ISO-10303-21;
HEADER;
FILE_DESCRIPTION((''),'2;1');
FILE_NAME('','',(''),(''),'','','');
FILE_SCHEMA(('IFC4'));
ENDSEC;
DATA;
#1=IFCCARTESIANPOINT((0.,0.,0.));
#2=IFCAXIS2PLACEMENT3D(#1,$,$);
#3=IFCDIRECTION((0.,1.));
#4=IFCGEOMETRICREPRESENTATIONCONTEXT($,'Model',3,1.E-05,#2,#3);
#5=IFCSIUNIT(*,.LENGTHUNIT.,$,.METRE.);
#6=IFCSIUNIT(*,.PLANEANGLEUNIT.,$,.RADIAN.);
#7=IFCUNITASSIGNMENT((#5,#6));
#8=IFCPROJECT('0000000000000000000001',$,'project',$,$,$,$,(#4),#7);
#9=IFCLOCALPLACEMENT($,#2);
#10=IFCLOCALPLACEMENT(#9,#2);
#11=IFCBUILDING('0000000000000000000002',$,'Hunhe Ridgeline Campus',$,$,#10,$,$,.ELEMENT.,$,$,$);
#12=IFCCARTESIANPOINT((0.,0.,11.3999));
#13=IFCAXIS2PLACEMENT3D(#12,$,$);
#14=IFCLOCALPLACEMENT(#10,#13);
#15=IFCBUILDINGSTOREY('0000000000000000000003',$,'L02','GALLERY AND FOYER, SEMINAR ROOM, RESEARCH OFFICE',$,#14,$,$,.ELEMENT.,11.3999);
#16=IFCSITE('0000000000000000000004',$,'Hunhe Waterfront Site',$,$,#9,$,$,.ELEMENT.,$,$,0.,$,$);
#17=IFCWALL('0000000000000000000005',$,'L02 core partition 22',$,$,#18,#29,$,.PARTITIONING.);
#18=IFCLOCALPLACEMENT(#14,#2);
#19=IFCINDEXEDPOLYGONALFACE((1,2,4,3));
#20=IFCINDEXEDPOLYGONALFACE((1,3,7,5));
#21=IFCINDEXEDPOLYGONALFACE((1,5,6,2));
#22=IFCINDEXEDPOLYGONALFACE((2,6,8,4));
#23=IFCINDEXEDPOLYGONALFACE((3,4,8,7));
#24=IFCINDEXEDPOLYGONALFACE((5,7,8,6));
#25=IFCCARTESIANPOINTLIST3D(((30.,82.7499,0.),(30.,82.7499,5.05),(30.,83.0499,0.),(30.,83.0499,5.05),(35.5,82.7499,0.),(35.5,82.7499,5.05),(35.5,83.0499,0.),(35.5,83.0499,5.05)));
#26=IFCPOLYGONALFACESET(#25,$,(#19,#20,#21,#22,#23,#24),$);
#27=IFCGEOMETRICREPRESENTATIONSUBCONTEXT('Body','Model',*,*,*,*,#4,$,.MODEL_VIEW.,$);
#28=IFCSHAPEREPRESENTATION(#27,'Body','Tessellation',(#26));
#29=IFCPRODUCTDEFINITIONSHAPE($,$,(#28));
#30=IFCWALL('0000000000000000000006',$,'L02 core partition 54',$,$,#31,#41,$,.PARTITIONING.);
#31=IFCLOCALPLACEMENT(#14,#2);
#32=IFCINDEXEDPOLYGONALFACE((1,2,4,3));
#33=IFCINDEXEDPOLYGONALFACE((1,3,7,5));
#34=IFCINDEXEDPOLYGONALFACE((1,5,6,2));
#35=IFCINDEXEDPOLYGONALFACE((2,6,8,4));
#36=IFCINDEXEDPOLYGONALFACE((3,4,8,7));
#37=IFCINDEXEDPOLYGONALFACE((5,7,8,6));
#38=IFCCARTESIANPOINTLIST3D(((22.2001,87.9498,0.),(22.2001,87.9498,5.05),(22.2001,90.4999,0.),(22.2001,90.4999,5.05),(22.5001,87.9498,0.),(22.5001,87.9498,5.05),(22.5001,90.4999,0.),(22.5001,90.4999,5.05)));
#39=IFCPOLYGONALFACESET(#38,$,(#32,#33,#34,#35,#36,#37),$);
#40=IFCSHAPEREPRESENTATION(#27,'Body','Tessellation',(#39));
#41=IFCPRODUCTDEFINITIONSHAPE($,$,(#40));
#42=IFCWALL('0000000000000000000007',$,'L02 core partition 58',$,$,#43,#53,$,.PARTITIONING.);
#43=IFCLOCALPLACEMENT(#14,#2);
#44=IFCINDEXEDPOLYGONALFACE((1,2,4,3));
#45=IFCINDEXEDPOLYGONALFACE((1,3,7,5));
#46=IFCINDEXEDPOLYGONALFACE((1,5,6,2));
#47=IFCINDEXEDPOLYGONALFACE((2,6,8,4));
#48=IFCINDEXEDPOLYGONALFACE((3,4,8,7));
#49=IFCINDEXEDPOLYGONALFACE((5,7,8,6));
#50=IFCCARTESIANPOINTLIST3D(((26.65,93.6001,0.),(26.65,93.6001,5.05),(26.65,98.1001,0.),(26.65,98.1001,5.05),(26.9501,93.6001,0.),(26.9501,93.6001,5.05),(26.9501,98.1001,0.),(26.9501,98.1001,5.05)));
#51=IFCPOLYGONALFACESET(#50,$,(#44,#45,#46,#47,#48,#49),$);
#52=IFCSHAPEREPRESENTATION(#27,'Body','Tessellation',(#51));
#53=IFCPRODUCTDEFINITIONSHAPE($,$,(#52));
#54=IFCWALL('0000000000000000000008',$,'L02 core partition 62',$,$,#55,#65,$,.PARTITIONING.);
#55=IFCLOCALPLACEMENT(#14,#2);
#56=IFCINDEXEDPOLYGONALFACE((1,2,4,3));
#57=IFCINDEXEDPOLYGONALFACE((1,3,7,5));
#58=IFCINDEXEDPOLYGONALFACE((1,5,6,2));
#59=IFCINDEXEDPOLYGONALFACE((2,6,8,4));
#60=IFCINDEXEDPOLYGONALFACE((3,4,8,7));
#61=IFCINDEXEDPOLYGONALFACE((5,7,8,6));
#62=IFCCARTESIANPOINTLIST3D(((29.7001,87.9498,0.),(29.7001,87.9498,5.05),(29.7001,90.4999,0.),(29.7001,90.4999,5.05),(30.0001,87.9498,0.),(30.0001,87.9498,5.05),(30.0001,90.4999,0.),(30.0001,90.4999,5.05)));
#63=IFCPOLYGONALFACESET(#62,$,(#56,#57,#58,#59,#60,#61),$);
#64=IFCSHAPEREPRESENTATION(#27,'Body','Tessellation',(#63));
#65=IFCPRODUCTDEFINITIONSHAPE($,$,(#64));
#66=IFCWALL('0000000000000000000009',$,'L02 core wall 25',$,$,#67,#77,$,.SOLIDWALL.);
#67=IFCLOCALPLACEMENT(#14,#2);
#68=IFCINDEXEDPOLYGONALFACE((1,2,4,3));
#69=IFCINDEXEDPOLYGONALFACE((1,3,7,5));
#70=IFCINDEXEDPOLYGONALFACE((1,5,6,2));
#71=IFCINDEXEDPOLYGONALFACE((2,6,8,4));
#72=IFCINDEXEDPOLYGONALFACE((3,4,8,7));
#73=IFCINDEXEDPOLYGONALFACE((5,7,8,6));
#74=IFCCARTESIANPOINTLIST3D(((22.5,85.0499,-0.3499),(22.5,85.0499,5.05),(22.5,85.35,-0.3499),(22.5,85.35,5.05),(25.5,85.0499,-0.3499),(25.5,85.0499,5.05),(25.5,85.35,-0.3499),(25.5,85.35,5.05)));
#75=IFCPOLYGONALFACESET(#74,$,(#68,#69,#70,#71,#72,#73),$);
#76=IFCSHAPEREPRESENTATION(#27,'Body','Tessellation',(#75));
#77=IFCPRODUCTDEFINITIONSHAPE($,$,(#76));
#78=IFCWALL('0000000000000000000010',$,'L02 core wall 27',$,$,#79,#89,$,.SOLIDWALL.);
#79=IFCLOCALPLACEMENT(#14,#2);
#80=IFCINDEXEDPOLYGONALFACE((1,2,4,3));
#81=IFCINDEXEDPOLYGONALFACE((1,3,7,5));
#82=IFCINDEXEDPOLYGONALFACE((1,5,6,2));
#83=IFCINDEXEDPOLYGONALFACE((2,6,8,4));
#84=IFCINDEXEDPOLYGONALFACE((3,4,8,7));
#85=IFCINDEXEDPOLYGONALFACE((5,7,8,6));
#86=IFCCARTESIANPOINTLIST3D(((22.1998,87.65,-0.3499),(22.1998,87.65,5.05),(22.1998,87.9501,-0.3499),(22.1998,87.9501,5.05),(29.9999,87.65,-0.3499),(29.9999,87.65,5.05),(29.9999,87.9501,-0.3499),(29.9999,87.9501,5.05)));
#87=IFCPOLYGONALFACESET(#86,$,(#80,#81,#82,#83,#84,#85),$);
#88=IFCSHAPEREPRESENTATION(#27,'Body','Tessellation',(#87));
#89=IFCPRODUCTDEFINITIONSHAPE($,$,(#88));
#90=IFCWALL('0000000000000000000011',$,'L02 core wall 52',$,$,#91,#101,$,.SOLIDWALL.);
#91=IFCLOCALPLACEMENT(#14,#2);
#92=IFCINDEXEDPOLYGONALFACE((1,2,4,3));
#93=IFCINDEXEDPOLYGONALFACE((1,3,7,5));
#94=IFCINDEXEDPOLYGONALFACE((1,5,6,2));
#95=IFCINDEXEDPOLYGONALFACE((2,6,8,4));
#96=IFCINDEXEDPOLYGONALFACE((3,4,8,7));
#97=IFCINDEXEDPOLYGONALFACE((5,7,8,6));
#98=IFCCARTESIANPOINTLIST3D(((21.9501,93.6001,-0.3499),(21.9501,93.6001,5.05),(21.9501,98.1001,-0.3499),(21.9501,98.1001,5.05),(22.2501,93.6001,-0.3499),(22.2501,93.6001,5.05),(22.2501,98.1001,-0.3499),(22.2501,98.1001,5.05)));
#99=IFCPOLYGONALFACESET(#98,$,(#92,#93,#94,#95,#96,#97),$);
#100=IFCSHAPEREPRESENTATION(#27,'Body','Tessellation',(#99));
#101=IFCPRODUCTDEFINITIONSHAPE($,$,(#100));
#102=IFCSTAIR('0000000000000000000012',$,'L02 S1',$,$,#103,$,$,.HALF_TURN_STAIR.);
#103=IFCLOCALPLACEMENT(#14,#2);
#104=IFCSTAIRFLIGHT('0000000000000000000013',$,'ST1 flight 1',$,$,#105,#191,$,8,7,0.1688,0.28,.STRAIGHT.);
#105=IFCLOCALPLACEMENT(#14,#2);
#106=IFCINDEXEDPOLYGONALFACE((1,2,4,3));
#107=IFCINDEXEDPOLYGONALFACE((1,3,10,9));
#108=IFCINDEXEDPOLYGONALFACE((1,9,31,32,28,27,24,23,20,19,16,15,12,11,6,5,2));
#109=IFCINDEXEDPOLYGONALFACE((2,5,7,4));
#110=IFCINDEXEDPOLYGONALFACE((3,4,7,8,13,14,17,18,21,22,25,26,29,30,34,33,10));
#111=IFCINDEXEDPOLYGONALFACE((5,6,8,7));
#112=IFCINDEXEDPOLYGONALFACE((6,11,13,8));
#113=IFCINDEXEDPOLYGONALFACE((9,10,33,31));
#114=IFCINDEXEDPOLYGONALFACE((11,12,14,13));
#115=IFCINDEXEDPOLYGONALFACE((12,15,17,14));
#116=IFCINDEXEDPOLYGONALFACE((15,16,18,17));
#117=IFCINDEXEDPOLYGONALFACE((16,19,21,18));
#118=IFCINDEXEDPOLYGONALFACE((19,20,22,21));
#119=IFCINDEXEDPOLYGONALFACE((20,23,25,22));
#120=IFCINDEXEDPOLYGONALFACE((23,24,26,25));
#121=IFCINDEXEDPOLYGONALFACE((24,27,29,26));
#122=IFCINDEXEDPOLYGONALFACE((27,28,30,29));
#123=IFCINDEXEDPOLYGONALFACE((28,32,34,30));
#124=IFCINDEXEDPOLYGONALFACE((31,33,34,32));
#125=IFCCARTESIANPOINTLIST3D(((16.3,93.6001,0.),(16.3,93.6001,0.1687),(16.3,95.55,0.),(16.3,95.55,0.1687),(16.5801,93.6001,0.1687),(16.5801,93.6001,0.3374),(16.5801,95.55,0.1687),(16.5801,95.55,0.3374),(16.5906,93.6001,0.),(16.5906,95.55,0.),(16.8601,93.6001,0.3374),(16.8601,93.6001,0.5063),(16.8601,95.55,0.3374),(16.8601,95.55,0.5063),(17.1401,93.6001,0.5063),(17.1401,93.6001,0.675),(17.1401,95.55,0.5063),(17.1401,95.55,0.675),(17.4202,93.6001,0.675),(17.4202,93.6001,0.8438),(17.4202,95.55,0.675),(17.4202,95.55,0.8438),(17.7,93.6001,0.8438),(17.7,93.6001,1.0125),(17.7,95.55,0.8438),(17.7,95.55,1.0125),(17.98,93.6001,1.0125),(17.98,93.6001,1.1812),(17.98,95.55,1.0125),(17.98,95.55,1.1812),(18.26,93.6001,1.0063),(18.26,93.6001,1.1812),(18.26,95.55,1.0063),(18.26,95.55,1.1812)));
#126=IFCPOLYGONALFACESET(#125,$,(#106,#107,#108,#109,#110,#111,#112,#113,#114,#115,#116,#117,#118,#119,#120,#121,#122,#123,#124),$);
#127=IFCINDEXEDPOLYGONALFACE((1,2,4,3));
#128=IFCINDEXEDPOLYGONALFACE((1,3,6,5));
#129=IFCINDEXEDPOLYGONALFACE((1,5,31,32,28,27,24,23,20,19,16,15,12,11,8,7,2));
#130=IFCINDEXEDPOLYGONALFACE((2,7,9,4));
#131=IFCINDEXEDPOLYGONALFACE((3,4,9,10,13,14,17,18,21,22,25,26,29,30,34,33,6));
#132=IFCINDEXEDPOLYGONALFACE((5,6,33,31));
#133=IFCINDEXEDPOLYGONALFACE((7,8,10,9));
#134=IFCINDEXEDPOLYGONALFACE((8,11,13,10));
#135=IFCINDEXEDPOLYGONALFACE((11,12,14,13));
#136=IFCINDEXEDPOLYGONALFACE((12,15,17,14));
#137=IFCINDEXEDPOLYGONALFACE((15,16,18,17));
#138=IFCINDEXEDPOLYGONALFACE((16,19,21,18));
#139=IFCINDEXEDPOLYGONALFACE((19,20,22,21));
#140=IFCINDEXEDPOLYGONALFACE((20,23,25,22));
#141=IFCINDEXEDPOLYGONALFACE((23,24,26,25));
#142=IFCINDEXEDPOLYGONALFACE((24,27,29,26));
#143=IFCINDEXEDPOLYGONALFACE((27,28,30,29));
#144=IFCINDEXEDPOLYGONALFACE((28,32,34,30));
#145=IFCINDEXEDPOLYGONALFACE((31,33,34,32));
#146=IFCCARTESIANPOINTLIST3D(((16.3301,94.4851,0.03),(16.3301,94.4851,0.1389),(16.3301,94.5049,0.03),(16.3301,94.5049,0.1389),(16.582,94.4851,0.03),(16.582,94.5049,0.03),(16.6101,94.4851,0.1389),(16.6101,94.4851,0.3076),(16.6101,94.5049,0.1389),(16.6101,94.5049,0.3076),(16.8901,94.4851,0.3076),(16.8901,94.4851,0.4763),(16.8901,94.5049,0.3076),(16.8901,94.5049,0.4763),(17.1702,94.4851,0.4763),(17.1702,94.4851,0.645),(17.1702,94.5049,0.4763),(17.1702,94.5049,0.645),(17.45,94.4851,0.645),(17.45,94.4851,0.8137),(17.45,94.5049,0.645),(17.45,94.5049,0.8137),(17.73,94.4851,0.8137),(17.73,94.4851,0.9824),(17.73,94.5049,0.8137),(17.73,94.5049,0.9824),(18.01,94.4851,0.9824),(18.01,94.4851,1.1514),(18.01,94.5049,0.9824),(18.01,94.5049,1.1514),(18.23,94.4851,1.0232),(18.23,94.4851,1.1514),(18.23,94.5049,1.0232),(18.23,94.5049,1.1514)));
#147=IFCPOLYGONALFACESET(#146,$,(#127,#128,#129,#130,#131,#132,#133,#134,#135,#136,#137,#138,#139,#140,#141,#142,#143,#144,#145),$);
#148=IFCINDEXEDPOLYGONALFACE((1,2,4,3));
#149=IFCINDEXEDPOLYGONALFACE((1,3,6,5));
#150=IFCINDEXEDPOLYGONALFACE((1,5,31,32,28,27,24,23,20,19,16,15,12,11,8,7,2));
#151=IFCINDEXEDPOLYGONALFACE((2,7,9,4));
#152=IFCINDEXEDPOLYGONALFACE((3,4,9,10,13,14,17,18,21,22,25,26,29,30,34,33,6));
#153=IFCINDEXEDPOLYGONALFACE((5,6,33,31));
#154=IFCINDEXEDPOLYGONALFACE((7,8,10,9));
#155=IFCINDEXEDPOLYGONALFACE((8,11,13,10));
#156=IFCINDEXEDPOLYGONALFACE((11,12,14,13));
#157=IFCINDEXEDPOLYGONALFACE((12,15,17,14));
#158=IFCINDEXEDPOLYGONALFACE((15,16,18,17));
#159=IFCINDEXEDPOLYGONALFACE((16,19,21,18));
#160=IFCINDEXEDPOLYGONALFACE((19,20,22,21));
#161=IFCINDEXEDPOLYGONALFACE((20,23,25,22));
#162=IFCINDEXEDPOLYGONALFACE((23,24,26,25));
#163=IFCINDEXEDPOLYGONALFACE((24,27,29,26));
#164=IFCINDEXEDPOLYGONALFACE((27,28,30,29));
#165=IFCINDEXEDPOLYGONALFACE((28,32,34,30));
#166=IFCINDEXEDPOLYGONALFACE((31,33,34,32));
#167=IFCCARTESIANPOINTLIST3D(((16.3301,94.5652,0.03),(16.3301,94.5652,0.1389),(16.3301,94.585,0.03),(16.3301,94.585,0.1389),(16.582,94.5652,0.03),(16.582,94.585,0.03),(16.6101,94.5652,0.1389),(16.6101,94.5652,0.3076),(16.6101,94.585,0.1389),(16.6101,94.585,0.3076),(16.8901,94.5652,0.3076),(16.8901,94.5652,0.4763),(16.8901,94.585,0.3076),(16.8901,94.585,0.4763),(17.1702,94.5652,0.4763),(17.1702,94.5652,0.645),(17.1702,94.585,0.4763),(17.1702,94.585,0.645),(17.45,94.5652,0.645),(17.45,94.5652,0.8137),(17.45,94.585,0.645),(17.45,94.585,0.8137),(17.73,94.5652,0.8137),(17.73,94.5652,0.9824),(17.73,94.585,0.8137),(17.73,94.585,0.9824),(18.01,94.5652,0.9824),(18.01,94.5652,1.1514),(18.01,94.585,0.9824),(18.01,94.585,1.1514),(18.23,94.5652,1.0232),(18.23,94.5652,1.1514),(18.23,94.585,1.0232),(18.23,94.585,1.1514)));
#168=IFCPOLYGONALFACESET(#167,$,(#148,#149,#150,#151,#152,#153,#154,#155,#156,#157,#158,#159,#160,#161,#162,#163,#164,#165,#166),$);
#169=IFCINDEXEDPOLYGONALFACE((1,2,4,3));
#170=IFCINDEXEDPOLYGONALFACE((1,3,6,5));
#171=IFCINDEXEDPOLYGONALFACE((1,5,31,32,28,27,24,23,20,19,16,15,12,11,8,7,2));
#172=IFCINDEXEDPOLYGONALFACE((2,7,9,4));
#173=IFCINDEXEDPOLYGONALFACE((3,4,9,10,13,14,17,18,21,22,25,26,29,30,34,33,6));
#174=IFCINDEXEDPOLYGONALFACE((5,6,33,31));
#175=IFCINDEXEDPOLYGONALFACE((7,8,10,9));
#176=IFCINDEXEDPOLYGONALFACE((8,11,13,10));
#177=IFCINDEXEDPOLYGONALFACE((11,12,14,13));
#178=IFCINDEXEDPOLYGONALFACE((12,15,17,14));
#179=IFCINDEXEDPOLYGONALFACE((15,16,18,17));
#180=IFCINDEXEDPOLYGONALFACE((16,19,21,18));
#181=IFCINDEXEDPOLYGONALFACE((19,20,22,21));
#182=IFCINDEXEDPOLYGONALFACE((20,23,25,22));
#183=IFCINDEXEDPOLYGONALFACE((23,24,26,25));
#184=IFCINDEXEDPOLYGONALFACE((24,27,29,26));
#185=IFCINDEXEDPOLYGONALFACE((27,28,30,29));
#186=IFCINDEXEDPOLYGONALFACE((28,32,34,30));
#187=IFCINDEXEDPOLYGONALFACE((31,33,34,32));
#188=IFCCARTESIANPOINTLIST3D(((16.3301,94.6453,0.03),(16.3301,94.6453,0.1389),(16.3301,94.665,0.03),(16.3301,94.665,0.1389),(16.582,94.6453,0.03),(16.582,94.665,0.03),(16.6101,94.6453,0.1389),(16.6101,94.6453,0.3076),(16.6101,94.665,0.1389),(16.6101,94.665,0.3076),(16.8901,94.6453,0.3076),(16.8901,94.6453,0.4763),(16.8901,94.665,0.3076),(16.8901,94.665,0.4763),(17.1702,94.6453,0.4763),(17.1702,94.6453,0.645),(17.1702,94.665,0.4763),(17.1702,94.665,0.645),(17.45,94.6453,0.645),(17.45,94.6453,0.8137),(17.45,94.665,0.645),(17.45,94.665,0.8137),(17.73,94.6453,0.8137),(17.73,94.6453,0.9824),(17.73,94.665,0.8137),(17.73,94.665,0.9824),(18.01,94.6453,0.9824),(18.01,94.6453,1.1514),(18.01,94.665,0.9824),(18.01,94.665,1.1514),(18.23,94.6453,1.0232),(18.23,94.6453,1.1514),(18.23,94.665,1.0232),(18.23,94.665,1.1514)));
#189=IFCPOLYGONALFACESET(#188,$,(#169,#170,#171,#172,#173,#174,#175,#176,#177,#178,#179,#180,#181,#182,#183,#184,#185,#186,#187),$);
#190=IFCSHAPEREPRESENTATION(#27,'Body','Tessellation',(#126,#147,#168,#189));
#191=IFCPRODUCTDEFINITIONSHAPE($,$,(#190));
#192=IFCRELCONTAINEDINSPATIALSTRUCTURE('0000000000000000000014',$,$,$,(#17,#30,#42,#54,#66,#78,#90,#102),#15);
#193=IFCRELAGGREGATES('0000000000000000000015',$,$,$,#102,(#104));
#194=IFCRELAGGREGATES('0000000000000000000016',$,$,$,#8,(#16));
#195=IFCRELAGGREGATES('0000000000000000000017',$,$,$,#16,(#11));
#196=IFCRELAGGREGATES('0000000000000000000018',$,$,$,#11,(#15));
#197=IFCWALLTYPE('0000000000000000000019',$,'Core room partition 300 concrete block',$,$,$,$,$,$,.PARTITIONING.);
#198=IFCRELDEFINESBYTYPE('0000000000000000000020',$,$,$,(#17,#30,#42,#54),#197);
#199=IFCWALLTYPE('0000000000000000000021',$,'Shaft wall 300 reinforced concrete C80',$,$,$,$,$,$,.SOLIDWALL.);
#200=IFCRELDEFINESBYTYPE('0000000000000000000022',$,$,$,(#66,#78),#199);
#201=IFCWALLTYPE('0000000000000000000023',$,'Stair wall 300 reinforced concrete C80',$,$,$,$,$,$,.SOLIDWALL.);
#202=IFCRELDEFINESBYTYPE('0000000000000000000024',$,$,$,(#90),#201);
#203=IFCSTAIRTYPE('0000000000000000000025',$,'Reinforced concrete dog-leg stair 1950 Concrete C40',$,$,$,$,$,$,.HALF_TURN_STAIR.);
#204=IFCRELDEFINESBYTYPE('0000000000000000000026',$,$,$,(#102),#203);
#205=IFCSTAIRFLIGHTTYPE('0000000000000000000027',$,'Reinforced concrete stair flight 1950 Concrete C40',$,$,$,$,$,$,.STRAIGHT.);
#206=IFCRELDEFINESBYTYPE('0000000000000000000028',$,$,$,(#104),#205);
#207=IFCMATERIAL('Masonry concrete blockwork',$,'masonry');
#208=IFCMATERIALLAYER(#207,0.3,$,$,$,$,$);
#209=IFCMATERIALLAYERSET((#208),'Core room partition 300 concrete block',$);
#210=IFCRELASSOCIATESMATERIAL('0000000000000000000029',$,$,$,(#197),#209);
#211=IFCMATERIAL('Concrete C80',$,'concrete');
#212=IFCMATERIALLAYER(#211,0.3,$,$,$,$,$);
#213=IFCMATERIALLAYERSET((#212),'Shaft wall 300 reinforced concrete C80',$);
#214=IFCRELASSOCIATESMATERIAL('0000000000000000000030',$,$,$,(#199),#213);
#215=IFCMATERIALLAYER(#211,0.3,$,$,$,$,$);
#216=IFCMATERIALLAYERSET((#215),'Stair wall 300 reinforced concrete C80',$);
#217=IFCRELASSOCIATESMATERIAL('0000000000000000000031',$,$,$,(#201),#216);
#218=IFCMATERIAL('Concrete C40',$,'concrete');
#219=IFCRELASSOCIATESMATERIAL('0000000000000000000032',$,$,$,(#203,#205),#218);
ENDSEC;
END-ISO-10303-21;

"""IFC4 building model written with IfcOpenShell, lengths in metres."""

from ifc_helpers import new_model, si_unit, direction, frame, frame_2d, origin, place, context, subcontext, project, spatial, polyline, rectangle, outline, extrude, material, layer, layer_set, type_object, element, aggregate, save


model = new_model("IFC4")

# Units and contexts
model_context = context("Model", 3, precision=1e-05, world=origin(), true_north=direction((0.0, 1.0)))
body_context = subcontext(model_context, "Body", "Model", "MODEL_VIEW")
ifc_project = project(units=[si_unit("LENGTHUNIT", "METRE"), si_unit("PLANEANGLEUNIT", "RADIAN")], contexts=[model_context])

# Site, building, storey
site_placement = place(None, origin())
site = spatial("IfcSite", under=ifc_project, at=site_placement, Name="Hunhe Waterfront Site", CompositionType="ELEMENT", RefElevation=0.0)
building_placement = place(site_placement, origin())
building = spatial("IfcBuilding", under=site, at=building_placement, Name="Hunhe Ridgeline Campus", CompositionType="ELEMENT")
storey_placement = place(building_placement, frame((0.0, 0.0, 11.3999)))
storey = spatial("IfcBuildingStorey", under=building, at=storey_placement, Name="L02", Description="GALLERY AND FOYER, SEMINAR ROOM, RESEARCH OFFICE", CompositionType="ELEMENT", Elevation=11.3999)

# Walls
ifc_material_1 = material(Name="Masonry concrete blockwork", Category="masonry")
ifc_layer_1 = layer(ifc_material_1, 0.3)
ifc_layer_set_1 = layer_set([ifc_layer_1], Name="Core room partition 300 concrete block")
wall_type_1 = type_object("IfcWallType", Name="Core room partition 300 concrete block", PredefinedType="PARTITIONING", material=ifc_layer_set_1)
wall_1_placement = place(storey_placement, frame((30.0, 82.8999, 0.0), z_axis=(0.0, 0.0, 1.0), x_axis=(1.0, 0.0, 0.0)))
element("IfcWall", 1, at=wall_1_placement, inside=storey, type_object=wall_type_1, Name="L02 core partition 22", PredefinedType="PARTITIONING", context=body_context, shape_type="SweptSolid", body=[
    extrude(rectangle(XDim=5.5, YDim=0.3, at=frame_2d((2.75, 0.0))), origin(), (0.0, 0.0, 1.0), 5.05),
])
wall_2_placement = place(storey_placement, frame((22.3501, 87.95, 0.0), z_axis=(0.0, 0.0, 1.0), x_axis=(0.0, 1.0, 0.0)))
element("IfcWall", 2, at=wall_2_placement, inside=storey, type_object=wall_type_1, Name="L02 core partition 54", PredefinedType="PARTITIONING", context=body_context, shape_type="SweptSolid", body=[
    extrude(rectangle(XDim=2.55, YDim=0.3, at=frame_2d((1.2749, 0.0))), origin(), (0.0, 0.0, 1.0), 5.05),
])
wall_3_placement = place(storey_placement, frame((26.8, 93.6001, 0.0), z_axis=(0.0, 0.0, 1.0), x_axis=(0.0, 1.0, 0.0)))
element("IfcWall", 3, at=wall_3_placement, inside=storey, type_object=wall_type_1, Name="L02 core partition 58", PredefinedType="PARTITIONING", context=body_context, shape_type="SweptSolid", body=[
    extrude(rectangle(XDim=4.5, YDim=0.3, at=frame_2d((2.25, 0.0))), origin(), (0.0, 0.0, 1.0), 5.05),
])
wall_4_placement = place(storey_placement, frame((29.8501, 87.95, 0.0), z_axis=(0.0, 0.0, 1.0), x_axis=(0.0, 1.0, 0.0)))
element("IfcWall", 4, at=wall_4_placement, inside=storey, type_object=wall_type_1, Name="L02 core partition 62", PredefinedType="PARTITIONING", context=body_context, shape_type="SweptSolid", body=[
    extrude(rectangle(XDim=2.55, YDim=0.3, at=frame_2d((1.2749, 0.0))), origin(), (0.0, 0.0, 1.0), 5.05),
])
ifc_material_2 = material(Name="Concrete C80", Category="concrete")
ifc_layer_2 = layer(ifc_material_2, 0.3)
ifc_layer_set_2 = layer_set([ifc_layer_2], Name="Shaft wall 300 reinforced concrete C80")
wall_type_2 = type_object("IfcWallType", Name="Shaft wall 300 reinforced concrete C80", PredefinedType="SOLIDWALL", material=ifc_layer_set_2)
wall_5_placement = place(storey_placement, frame((22.5, 85.2, -0.3499), z_axis=(0.0, 0.0, 1.0), x_axis=(1.0, 0.0, 0.0)))
element("IfcWall", 5, at=wall_5_placement, inside=storey, type_object=wall_type_2, Name="L02 core wall 25", PredefinedType="SOLIDWALL", context=body_context, shape_type="SweptSolid", body=[
    extrude(rectangle(XDim=3.0, YDim=0.3, at=frame_2d((1.5, 0.0))), origin(), (0.0, 0.0, 1.0), 5.3999),
])
wall_6_placement = place(storey_placement, frame((22.2, 87.8, -0.3499), z_axis=(0.0, 0.0, 1.0), x_axis=(1.0, 0.0, 0.0)))
element("IfcWall", 6, at=wall_6_placement, inside=storey, type_object=wall_type_2, Name="L02 core wall 27", PredefinedType="SOLIDWALL", context=body_context, shape_type="SweptSolid", body=[
    extrude(rectangle(XDim=7.8, YDim=0.3, at=frame_2d((3.8999, 0.0))), origin(), (0.0, 0.0, 1.0), 5.3999),
])
ifc_layer_3 = layer(ifc_material_2, 0.3)
ifc_layer_set_3 = layer_set([ifc_layer_3], Name="Stair wall 300 reinforced concrete C80")
wall_type_3 = type_object("IfcWallType", Name="Stair wall 300 reinforced concrete C80", PredefinedType="SOLIDWALL", material=ifc_layer_set_3)
wall_7_placement = place(storey_placement, frame((22.1001, 93.6001, -0.3499), z_axis=(0.0, 0.0, 1.0), x_axis=(0.0, 1.0, 0.0)))
element("IfcWall", 7, at=wall_7_placement, inside=storey, type_object=wall_type_3, Name="L02 core wall 52", PredefinedType="SOLIDWALL", context=body_context, shape_type="SweptSolid", body=[
    extrude(rectangle(XDim=4.5, YDim=0.3, at=frame_2d((2.25, 0.0))), origin(), (0.0, 0.0, 1.0), 5.3999),
])

# Stair, stair flight
ifc_material_3 = material(Name="Concrete C40", Category="concrete")
stair_type = type_object("IfcStairType", Name="Reinforced concrete dog-leg stair 1950 Concrete C40", PredefinedType="HALF_TURN_STAIR", material=ifc_material_3)
stair_placement = place(storey_placement, origin())
stair = element("IfcStair", 8, at=stair_placement, inside=storey, type_object=stair_type, Name="L02 S1", PredefinedType="HALF_TURN_STAIR")
stair_flight_type = type_object("IfcStairFlightType", Name="Reinforced concrete stair flight 1950 Concrete C40", PredefinedType="STRAIGHT", material=ifc_material_3)
stair_flight_1_placement = place(storey_placement, frame((16.3, 94.575, 0.0), z_axis=(0.0, 0.0, 1.0), x_axis=(1.0, 0.0, 0.0)))
stair_flight_1 = element("IfcStairFlight", 9, at=stair_flight_1_placement, type_object=stair_flight_type, Name="ST1 flight 1", NumberOfRisers=8, NumberOfTreads=7, PredefinedType="STRAIGHT", RiserHeight=0.1688, TreadLength=0.28, context=body_context, shape_type="SweptSolid", body=[
    extrude(outline(polyline([(0.0, 0.0), (0.0, 0.1687), (0.28, 0.1687), (0.28, 0.3374), (0.5601, 0.3374), (0.5601, 0.5063), (0.8401, 0.5063), (0.8401, 0.675), (1.1201, 0.675), (1.1201, 0.8438), (1.3999, 0.8438), (1.3999, 1.0125), (1.6799, 1.0125), (1.6799, 1.1812), (1.96, 1.1812), (1.96, 1.3501), (1.96, 1.0063), (0.2905, 0.0), (0.0, 0.0)])), frame((0.0, 0.9751, 0.0), z_axis=(0.0, -1.0, 0.0), x_axis=(1.0, 0.0, 0.0)), (0.0, 0.0, 1.0), 1.95),
    extrude(outline(polyline([(0.03, 0.03), (0.03, 0.1389), (0.3101, 0.1389), (0.3101, 0.3076), (0.5901, 0.3076), (0.5901, 0.4763), (0.8701, 0.4763), (0.8701, 0.645), (1.1499, 0.645), (1.1499, 0.8137), (1.4299, 0.8137), (1.4299, 0.9824), (1.71, 0.9824), (1.71, 1.1514), (1.9299, 1.1514), (1.9299, 1.0232), (0.282, 0.03), (0.03, 0.03)])), frame((0.0, -0.0701, 0.0), z_axis=(0.0, -1.0, 0.0), x_axis=(1.0, 0.0, 0.0)), (0.0, 0.0, 1.0), 0.0198),
    extrude(outline(polyline([(0.03, 0.03), (0.03, 0.1389), (0.3101, 0.1389), (0.3101, 0.3076), (0.5901, 0.3076), (0.5901, 0.4763), (0.8701, 0.4763), (0.8701, 0.645), (1.1499, 0.645), (1.1499, 0.8137), (1.4299, 0.8137), (1.4299, 0.9824), (1.71, 0.9824), (1.71, 1.1514), (1.9299, 1.1514), (1.9299, 1.0232), (0.282, 0.03), (0.03, 0.03)])), frame((0.0, 0.01, 0.0), z_axis=(0.0, -1.0, 0.0), x_axis=(1.0, 0.0, 0.0)), (0.0, 0.0, 1.0), 0.0198),
    extrude(outline(polyline([(0.03, 0.03), (0.03, 0.1389), (0.3101, 0.1389), (0.3101, 0.3076), (0.5901, 0.3076), (0.5901, 0.4763), (0.8701, 0.4763), (0.8701, 0.645), (1.1499, 0.645), (1.1499, 0.8137), (1.4299, 0.8137), (1.4299, 0.9824), (1.71, 0.9824), (1.71, 1.1514), (1.9299, 1.1514), (1.9299, 1.0232), (0.282, 0.03), (0.03, 0.03)])), frame((0.0, 0.0901, 0.0), z_axis=(0.0, -1.0, 0.0), x_axis=(1.0, 0.0, 0.0)), (0.0, 0.0, 1.0), 0.0198),
])
aggregate(stair, [stair_flight_1])

save(model, "model.ifc")
